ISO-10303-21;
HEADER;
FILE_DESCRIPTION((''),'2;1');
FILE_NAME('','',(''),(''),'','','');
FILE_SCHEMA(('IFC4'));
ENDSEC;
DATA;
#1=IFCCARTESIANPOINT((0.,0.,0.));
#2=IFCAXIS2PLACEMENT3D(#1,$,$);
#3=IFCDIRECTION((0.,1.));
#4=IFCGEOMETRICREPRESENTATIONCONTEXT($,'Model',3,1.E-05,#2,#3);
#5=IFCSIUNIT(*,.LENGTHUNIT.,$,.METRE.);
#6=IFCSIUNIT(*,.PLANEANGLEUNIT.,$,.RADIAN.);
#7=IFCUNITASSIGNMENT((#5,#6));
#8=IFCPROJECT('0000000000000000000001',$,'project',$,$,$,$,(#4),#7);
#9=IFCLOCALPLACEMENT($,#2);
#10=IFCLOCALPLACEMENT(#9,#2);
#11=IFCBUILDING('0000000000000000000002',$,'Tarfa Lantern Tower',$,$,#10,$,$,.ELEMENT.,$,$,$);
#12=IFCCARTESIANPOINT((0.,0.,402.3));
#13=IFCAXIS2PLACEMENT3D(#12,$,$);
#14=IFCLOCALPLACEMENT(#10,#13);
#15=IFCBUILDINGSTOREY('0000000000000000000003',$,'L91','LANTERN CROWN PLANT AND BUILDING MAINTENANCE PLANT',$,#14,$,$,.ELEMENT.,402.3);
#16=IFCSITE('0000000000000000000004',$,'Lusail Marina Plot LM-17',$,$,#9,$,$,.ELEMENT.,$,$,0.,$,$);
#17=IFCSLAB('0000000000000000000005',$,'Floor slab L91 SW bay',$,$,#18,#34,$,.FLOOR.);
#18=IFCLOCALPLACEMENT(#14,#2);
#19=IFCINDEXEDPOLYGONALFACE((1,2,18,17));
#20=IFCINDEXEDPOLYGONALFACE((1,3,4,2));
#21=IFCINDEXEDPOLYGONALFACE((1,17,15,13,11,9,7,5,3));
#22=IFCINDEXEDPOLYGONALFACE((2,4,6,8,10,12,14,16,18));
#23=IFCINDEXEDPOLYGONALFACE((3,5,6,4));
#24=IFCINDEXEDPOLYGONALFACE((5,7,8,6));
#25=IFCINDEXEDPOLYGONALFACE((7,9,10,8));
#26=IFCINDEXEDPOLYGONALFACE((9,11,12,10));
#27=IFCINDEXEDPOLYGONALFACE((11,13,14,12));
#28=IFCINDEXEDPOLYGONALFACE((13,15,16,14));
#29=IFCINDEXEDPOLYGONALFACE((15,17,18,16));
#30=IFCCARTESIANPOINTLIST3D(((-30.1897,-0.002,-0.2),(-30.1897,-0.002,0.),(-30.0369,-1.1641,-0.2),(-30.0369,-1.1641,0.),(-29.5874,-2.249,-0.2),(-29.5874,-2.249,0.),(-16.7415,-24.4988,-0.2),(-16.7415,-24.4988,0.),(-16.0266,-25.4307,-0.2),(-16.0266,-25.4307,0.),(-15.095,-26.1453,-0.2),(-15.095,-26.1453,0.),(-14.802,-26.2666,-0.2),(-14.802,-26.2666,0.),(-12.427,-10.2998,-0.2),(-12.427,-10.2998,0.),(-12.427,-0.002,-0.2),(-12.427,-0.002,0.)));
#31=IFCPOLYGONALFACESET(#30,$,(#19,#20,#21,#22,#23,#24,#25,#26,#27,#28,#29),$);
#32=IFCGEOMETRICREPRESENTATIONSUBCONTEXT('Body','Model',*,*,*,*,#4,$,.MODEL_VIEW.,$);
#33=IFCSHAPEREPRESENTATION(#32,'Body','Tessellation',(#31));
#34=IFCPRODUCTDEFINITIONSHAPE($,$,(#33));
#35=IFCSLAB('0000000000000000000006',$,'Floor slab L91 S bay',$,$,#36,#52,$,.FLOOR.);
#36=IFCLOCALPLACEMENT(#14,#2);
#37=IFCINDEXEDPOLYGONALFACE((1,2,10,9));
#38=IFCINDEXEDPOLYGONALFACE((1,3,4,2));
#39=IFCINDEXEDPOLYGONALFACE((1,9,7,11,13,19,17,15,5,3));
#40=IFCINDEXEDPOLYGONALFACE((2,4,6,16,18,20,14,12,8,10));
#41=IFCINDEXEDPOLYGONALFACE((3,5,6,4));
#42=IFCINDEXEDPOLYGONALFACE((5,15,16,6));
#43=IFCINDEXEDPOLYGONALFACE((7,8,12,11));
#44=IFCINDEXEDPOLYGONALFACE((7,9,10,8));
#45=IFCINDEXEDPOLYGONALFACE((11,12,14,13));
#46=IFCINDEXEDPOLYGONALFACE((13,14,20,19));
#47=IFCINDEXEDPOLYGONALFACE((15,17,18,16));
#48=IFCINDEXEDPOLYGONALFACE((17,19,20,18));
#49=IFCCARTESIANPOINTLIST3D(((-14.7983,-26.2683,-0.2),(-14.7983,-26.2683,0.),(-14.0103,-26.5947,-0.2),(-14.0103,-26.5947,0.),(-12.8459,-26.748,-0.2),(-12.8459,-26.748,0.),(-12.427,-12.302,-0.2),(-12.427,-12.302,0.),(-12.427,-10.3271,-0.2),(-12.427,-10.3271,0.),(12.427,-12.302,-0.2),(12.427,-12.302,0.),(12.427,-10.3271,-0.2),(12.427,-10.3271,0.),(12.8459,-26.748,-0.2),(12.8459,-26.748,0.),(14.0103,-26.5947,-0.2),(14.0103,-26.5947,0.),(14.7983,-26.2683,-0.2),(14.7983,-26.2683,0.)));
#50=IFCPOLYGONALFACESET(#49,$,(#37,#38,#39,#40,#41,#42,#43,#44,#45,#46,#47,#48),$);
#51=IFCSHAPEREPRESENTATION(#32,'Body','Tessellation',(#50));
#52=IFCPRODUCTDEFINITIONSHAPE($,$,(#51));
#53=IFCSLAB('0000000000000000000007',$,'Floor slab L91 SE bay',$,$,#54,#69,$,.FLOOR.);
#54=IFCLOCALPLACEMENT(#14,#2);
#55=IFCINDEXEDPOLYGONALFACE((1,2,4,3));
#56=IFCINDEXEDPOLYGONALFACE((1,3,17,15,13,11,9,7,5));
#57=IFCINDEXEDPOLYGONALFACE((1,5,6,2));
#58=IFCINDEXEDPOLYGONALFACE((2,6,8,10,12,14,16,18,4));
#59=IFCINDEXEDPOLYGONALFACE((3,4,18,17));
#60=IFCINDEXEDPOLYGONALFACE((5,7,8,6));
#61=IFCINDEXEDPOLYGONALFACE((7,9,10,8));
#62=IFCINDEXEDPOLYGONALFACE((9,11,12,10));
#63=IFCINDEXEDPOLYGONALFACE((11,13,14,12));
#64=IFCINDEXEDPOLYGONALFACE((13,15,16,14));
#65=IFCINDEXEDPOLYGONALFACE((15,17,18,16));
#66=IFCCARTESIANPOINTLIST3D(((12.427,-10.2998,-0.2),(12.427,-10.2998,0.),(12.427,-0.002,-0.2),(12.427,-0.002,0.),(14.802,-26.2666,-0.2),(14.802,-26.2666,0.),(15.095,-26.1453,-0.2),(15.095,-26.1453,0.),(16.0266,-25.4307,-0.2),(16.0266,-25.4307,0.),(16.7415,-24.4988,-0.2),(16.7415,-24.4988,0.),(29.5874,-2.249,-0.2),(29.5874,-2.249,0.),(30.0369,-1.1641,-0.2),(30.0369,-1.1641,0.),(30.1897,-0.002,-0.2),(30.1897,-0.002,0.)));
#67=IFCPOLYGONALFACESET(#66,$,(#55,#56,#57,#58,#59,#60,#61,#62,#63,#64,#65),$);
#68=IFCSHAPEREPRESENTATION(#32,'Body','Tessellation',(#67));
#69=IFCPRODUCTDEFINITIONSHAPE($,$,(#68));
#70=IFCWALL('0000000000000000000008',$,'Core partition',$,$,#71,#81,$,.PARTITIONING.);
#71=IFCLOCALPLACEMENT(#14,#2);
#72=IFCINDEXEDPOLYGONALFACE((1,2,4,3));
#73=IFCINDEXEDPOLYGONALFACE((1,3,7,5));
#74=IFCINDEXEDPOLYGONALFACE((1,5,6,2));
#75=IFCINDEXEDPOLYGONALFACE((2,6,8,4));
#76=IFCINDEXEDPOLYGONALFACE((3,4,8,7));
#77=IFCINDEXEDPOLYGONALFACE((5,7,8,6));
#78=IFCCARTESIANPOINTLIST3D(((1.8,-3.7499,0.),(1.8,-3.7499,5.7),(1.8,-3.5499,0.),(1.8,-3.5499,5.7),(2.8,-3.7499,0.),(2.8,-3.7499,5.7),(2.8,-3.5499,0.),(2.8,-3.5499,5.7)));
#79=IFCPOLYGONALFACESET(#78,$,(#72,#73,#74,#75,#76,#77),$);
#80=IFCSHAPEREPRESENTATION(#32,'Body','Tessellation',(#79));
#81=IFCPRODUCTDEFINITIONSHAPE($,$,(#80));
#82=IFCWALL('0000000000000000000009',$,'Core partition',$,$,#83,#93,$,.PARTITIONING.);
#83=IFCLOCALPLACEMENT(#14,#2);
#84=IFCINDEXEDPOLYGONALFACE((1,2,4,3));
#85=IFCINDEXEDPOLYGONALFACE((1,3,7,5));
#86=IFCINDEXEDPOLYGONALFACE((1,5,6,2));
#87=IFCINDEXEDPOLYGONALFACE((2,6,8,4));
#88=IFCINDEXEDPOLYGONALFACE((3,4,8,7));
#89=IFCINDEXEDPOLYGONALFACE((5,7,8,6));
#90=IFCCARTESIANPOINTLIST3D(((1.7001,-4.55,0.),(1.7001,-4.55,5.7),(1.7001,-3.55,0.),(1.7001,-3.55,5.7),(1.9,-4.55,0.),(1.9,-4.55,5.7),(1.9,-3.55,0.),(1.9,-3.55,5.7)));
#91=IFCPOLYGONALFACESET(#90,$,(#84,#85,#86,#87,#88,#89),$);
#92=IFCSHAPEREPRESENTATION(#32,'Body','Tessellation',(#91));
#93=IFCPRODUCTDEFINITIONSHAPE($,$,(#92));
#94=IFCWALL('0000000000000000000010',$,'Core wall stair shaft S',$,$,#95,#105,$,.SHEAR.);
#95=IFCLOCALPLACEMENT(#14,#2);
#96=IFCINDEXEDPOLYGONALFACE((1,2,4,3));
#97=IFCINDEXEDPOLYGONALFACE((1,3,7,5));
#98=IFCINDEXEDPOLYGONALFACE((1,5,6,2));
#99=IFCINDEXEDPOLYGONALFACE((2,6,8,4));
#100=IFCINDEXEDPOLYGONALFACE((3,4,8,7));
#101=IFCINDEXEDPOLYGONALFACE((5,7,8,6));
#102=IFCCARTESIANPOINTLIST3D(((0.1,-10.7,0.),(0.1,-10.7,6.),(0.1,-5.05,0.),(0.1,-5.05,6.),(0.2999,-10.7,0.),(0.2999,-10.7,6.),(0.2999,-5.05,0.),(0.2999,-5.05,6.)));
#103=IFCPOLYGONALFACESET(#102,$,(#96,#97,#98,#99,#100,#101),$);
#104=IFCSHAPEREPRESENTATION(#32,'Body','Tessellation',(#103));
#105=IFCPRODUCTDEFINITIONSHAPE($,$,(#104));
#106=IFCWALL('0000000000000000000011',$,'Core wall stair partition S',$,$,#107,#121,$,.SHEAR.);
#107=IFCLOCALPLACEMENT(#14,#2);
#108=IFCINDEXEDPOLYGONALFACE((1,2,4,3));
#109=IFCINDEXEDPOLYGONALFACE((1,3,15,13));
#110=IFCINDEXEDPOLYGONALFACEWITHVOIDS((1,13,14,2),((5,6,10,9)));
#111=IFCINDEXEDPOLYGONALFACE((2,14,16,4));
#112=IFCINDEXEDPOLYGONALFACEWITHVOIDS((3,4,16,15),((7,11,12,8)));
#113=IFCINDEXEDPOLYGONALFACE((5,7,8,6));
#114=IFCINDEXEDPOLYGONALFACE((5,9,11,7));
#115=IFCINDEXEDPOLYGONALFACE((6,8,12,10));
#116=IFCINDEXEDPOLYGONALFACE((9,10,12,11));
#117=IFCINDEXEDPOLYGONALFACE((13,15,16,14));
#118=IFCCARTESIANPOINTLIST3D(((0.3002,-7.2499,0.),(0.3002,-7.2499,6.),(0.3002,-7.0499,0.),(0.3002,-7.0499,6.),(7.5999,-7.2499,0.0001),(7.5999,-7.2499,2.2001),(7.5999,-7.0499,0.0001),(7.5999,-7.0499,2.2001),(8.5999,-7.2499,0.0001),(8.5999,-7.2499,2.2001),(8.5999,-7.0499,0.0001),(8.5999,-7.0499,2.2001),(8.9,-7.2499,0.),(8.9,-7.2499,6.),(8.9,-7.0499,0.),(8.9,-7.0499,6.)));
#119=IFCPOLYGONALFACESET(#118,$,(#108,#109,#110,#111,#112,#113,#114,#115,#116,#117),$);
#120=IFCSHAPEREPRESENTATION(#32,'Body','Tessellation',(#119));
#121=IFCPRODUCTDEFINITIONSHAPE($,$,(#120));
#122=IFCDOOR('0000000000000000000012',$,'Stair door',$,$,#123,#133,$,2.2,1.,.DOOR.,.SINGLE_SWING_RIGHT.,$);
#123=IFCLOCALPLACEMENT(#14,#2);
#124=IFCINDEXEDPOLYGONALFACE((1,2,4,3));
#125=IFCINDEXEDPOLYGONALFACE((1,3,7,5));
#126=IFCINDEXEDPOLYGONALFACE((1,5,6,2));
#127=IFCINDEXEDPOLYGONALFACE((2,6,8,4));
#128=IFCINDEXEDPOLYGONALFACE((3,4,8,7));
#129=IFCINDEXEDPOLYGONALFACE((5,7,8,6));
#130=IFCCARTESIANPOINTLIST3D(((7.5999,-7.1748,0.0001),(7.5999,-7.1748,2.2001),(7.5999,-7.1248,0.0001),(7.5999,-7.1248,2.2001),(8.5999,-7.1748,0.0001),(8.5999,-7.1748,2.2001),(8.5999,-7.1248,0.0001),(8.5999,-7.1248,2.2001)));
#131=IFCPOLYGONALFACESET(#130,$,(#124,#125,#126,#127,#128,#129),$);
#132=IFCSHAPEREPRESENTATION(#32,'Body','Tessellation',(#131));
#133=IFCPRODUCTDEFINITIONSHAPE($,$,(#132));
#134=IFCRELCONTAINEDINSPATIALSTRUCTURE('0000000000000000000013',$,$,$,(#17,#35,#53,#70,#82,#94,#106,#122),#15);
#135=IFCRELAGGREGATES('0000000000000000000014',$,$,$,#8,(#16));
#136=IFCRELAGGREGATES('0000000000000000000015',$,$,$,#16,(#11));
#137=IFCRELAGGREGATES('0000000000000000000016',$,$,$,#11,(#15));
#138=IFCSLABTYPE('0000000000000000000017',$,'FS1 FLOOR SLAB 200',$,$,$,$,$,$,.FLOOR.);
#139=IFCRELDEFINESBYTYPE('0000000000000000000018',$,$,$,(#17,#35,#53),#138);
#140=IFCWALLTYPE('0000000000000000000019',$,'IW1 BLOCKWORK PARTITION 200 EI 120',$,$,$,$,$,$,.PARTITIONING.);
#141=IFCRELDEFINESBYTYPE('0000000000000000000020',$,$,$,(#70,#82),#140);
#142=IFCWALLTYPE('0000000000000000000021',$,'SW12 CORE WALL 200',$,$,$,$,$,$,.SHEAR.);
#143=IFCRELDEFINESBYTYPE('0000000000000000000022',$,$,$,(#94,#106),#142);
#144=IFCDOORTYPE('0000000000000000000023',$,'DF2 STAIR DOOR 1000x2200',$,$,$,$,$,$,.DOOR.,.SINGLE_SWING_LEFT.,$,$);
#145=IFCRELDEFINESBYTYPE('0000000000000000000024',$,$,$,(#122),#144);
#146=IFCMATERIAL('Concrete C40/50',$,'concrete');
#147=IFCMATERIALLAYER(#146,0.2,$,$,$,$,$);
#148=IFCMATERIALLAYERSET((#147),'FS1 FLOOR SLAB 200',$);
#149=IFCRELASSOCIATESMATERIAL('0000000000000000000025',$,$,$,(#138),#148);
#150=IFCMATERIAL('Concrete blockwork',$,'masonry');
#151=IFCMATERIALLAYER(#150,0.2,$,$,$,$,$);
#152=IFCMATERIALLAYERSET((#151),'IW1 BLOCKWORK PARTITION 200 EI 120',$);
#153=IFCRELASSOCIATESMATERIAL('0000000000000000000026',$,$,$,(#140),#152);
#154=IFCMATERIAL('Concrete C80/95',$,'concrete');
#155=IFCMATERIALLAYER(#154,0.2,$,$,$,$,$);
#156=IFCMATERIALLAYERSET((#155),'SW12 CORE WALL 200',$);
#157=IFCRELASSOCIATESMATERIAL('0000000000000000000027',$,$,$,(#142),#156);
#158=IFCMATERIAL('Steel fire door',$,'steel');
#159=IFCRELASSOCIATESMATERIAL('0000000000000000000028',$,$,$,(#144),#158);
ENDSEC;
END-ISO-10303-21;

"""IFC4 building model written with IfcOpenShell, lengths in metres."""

from ifc_helpers import new_model, si_unit, direction, frame, frame_2d, origin, place, context, subcontext, project, spatial, polyline, rectangle, outline, extrude, material, layer, layer_set, type_object, element, fill, save


model = new_model("IFC4")

# Units and contexts
model_context = context("Model", 3, precision=1e-05, world=origin(), true_north=direction((0.0, 1.0)))
body_context = subcontext(model_context, "Body", "Model", "MODEL_VIEW")
ifc_project = project(units=[si_unit("LENGTHUNIT", "METRE"), si_unit("PLANEANGLEUNIT", "RADIAN")], contexts=[model_context])

# Site, building, storey
site_placement = place(None, origin())
site = spatial("IfcSite", under=ifc_project, at=site_placement, Name="Lusail Marina Plot LM-17", CompositionType="ELEMENT", RefElevation=0.0)
building_placement = place(site_placement, origin())
building = spatial("IfcBuilding", under=site, at=building_placement, Name="Tarfa Lantern Tower", CompositionType="ELEMENT")
storey_placement = place(building_placement, frame((0.0, 0.0, 402.3)))
storey = spatial("IfcBuildingStorey", under=building, at=storey_placement, Name="L91", Description="LANTERN CROWN PLANT AND BUILDING MAINTENANCE PLANT", CompositionType="ELEMENT", Elevation=402.3)

# Slabs
ifc_material_1 = material(Name="Concrete C40/50", Category="concrete")
ifc_layer_1 = layer(ifc_material_1, 0.2)
ifc_layer_set_1 = layer_set([ifc_layer_1], Name="FS1 FLOOR SLAB 200")
slab_type = type_object("IfcSlabType", Name="FS1 FLOOR SLAB 200", PredefinedType="FLOOR", material=ifc_layer_set_1)
slab_1_placement = place(storey_placement, frame((0.0, 0.0, -0.2)))
element("IfcSlab", 1, at=slab_1_placement, inside=storey, type_object=slab_type, Name="Floor slab L91 SW bay", PredefinedType="FLOOR", context=body_context, shape_type="SweptSolid", body=[
    extrude(outline(polyline([(-12.427, -10.2998), (-12.427, -0.002), (-30.1897, -0.002), (-30.0369, -1.1641), (-29.5874, -2.249), (-16.7415, -24.4988), (-16.0266, -25.4307), (-15.095, -26.1453), (-14.802, -26.2666), (-12.427, -10.2998)])), origin(), (0.0, 0.0, 1.0), 0.2),
])
slab_2_placement = place(storey_placement, frame((0.0, 0.0, -0.2)))
element("IfcSlab", 2, at=slab_2_placement, inside=storey, type_object=slab_type, Name="Floor slab L91 S bay", PredefinedType="FLOOR", context=body_context, shape_type="SweptSolid", body=[
    extrude(outline(polyline([(12.427, -10.3271), (12.427, -12.302), (-12.427, -12.302), (-12.427, -10.3271), (-14.7983, -26.2683), (-14.0103, -26.5947), (-12.8459, -26.748), (12.8459, -26.748), (14.0103, -26.5947), (14.7983, -26.2683), (12.427, -10.3271)])), origin(), (0.0, 0.0, 1.0), 0.2),
])
slab_3_placement = place(storey_placement, frame((0.0, 0.0, -0.2)))
element("IfcSlab", 3, at=slab_3_placement, inside=storey, type_object=slab_type, Name="Floor slab L91 SE bay", PredefinedType="FLOOR", context=body_context, shape_type="SweptSolid", body=[
    extrude(outline(polyline([(12.427, -0.002), (12.427, -10.2998), (14.802, -26.2666), (15.095, -26.1453), (16.0266, -25.4307), (16.7415, -24.4988), (29.5874, -2.249), (30.0369, -1.1641), (30.1897, -0.002), (12.427, -0.002)])), origin(), (0.0, 0.0, 1.0), 0.2),
])

# Walls
ifc_material_2 = material(Name="Concrete blockwork", Category="masonry")
ifc_layer_2 = layer(ifc_material_2, 0.2)
ifc_layer_set_2 = layer_set([ifc_layer_2], Name="IW1 BLOCKWORK PARTITION 200 EI 120")
wall_type_1 = type_object("IfcWallType", Name="IW1 BLOCKWORK PARTITION 200 EI 120", PredefinedType="PARTITIONING", material=ifc_layer_set_2)
for number, where, z_axis, x_axis, name in (
    (4, (2.8, -3.6499, 0.0), (0.0, 0.0, 1.0), (-1.0, 0.0, 0.0), "Core partition"),
    (5, (1.8, -3.55, 0.0), (0.0, 0.0, 1.0), (0.0, -1.0, 0.0), "Core partition"),
):
    element("IfcWall", number, at=place(storey_placement, frame(where, z_axis=z_axis, x_axis=x_axis)), inside=storey, type_object=wall_type_1, Name=name, PredefinedType="PARTITIONING", context=body_context, shape_type="SweptSolid", body=[
        extrude(rectangle(XDim=1.0, YDim=0.2, at=frame_2d((0.5, 0.0))), origin(), (0.0, 0.0, 1.0), 5.7),
    ])
ifc_material_3 = material(Name="Concrete C80/95", Category="concrete")
ifc_layer_3 = layer(ifc_material_3, 0.2)
ifc_layer_set_3 = layer_set([ifc_layer_3], Name="SW12 CORE WALL 200")
wall_type_2 = type_object("IfcWallType", Name="SW12 CORE WALL 200", PredefinedType="SHEAR", material=ifc_layer_set_3)
wall_1_placement = place(storey_placement, frame((0.2, -5.05, 0.0), z_axis=(0.0, 0.0, 1.0), x_axis=(0.0, -1.0, 0.0)))
element("IfcWall", 6, at=wall_1_placement, inside=storey, type_object=wall_type_2, Name="Core wall stair shaft S", PredefinedType="SHEAR", context=body_context, shape_type="SweptSolid", body=[
    extrude(rectangle(XDim=5.6499, YDim=0.2, at=frame_2d((2.825, 0.0))), origin(), (0.0, 0.0, 1.0), 6.0),
])

# Wall, opening, door
wall_2_placement = place(storey_placement, frame((8.8999, -7.1499, 0.0), z_axis=(0.0, 0.0, 1.0), x_axis=(-1.0, 0.0, 0.0)))
wall_2 = element("IfcWall", 7, at=wall_2_placement, inside=storey, type_object=wall_type_2, Name="Core wall stair partition S", PredefinedType="SHEAR", context=body_context, shape_type="SweptSolid", body=[
    extrude(rectangle(XDim=8.5999, YDim=0.2, at=frame_2d((4.2998, 0.0))), origin(), (0.0, 0.0, 1.0), 6.0),
])
opening_1_placement = place(wall_2_placement, frame((0.3, 0.0, 0.0)))
opening_1 = element("IfcOpeningElement", 8, at=opening_1_placement, cuts=wall_2, PredefinedType="OPENING", context=body_context, shape_type="SweptSolid", body=[
    extrude(rectangle(XDim=1.0, YDim=2.2, at=frame_2d((0.5, 1.1001))), frame((0.0, 0.1099, 0.0), z_axis=(0.0, -1.0, 0.0), x_axis=(1.0, 0.0, 0.0)), (0.0, 0.0, 1.0), 0.22),
])
ifc_material_4 = material(Name="Steel fire door", Category="steel")
door_type_1 = type_object("IfcDoorType", Name="DF2 STAIR DOOR 1000x2200", OperationType="SINGLE_SWING_LEFT", PredefinedType="DOOR", material=ifc_material_4)
door_1_placement = place(opening_1_placement, origin())
door_1 = element("IfcDoor", 9, at=door_1_placement, inside=storey, type_object=door_type_1, Name="Stair door", OperationType="SINGLE_SWING_RIGHT", OverallHeight=2.2, OverallWidth=1.0, PredefinedType="DOOR", context=body_context, shape_type="SweptSolid", body=[
    extrude(rectangle(XDim=1.0, YDim=2.2, at=frame_2d((0.5, 1.1001))), frame((0.0, 0.0249, 0.0), z_axis=(0.0, -1.0, 0.0), x_axis=(1.0, 0.0, 0.0)), (0.0, 0.0, 1.0), 0.05),
])
fill(opening_1, door_1)

save(model, "model.ifc")
